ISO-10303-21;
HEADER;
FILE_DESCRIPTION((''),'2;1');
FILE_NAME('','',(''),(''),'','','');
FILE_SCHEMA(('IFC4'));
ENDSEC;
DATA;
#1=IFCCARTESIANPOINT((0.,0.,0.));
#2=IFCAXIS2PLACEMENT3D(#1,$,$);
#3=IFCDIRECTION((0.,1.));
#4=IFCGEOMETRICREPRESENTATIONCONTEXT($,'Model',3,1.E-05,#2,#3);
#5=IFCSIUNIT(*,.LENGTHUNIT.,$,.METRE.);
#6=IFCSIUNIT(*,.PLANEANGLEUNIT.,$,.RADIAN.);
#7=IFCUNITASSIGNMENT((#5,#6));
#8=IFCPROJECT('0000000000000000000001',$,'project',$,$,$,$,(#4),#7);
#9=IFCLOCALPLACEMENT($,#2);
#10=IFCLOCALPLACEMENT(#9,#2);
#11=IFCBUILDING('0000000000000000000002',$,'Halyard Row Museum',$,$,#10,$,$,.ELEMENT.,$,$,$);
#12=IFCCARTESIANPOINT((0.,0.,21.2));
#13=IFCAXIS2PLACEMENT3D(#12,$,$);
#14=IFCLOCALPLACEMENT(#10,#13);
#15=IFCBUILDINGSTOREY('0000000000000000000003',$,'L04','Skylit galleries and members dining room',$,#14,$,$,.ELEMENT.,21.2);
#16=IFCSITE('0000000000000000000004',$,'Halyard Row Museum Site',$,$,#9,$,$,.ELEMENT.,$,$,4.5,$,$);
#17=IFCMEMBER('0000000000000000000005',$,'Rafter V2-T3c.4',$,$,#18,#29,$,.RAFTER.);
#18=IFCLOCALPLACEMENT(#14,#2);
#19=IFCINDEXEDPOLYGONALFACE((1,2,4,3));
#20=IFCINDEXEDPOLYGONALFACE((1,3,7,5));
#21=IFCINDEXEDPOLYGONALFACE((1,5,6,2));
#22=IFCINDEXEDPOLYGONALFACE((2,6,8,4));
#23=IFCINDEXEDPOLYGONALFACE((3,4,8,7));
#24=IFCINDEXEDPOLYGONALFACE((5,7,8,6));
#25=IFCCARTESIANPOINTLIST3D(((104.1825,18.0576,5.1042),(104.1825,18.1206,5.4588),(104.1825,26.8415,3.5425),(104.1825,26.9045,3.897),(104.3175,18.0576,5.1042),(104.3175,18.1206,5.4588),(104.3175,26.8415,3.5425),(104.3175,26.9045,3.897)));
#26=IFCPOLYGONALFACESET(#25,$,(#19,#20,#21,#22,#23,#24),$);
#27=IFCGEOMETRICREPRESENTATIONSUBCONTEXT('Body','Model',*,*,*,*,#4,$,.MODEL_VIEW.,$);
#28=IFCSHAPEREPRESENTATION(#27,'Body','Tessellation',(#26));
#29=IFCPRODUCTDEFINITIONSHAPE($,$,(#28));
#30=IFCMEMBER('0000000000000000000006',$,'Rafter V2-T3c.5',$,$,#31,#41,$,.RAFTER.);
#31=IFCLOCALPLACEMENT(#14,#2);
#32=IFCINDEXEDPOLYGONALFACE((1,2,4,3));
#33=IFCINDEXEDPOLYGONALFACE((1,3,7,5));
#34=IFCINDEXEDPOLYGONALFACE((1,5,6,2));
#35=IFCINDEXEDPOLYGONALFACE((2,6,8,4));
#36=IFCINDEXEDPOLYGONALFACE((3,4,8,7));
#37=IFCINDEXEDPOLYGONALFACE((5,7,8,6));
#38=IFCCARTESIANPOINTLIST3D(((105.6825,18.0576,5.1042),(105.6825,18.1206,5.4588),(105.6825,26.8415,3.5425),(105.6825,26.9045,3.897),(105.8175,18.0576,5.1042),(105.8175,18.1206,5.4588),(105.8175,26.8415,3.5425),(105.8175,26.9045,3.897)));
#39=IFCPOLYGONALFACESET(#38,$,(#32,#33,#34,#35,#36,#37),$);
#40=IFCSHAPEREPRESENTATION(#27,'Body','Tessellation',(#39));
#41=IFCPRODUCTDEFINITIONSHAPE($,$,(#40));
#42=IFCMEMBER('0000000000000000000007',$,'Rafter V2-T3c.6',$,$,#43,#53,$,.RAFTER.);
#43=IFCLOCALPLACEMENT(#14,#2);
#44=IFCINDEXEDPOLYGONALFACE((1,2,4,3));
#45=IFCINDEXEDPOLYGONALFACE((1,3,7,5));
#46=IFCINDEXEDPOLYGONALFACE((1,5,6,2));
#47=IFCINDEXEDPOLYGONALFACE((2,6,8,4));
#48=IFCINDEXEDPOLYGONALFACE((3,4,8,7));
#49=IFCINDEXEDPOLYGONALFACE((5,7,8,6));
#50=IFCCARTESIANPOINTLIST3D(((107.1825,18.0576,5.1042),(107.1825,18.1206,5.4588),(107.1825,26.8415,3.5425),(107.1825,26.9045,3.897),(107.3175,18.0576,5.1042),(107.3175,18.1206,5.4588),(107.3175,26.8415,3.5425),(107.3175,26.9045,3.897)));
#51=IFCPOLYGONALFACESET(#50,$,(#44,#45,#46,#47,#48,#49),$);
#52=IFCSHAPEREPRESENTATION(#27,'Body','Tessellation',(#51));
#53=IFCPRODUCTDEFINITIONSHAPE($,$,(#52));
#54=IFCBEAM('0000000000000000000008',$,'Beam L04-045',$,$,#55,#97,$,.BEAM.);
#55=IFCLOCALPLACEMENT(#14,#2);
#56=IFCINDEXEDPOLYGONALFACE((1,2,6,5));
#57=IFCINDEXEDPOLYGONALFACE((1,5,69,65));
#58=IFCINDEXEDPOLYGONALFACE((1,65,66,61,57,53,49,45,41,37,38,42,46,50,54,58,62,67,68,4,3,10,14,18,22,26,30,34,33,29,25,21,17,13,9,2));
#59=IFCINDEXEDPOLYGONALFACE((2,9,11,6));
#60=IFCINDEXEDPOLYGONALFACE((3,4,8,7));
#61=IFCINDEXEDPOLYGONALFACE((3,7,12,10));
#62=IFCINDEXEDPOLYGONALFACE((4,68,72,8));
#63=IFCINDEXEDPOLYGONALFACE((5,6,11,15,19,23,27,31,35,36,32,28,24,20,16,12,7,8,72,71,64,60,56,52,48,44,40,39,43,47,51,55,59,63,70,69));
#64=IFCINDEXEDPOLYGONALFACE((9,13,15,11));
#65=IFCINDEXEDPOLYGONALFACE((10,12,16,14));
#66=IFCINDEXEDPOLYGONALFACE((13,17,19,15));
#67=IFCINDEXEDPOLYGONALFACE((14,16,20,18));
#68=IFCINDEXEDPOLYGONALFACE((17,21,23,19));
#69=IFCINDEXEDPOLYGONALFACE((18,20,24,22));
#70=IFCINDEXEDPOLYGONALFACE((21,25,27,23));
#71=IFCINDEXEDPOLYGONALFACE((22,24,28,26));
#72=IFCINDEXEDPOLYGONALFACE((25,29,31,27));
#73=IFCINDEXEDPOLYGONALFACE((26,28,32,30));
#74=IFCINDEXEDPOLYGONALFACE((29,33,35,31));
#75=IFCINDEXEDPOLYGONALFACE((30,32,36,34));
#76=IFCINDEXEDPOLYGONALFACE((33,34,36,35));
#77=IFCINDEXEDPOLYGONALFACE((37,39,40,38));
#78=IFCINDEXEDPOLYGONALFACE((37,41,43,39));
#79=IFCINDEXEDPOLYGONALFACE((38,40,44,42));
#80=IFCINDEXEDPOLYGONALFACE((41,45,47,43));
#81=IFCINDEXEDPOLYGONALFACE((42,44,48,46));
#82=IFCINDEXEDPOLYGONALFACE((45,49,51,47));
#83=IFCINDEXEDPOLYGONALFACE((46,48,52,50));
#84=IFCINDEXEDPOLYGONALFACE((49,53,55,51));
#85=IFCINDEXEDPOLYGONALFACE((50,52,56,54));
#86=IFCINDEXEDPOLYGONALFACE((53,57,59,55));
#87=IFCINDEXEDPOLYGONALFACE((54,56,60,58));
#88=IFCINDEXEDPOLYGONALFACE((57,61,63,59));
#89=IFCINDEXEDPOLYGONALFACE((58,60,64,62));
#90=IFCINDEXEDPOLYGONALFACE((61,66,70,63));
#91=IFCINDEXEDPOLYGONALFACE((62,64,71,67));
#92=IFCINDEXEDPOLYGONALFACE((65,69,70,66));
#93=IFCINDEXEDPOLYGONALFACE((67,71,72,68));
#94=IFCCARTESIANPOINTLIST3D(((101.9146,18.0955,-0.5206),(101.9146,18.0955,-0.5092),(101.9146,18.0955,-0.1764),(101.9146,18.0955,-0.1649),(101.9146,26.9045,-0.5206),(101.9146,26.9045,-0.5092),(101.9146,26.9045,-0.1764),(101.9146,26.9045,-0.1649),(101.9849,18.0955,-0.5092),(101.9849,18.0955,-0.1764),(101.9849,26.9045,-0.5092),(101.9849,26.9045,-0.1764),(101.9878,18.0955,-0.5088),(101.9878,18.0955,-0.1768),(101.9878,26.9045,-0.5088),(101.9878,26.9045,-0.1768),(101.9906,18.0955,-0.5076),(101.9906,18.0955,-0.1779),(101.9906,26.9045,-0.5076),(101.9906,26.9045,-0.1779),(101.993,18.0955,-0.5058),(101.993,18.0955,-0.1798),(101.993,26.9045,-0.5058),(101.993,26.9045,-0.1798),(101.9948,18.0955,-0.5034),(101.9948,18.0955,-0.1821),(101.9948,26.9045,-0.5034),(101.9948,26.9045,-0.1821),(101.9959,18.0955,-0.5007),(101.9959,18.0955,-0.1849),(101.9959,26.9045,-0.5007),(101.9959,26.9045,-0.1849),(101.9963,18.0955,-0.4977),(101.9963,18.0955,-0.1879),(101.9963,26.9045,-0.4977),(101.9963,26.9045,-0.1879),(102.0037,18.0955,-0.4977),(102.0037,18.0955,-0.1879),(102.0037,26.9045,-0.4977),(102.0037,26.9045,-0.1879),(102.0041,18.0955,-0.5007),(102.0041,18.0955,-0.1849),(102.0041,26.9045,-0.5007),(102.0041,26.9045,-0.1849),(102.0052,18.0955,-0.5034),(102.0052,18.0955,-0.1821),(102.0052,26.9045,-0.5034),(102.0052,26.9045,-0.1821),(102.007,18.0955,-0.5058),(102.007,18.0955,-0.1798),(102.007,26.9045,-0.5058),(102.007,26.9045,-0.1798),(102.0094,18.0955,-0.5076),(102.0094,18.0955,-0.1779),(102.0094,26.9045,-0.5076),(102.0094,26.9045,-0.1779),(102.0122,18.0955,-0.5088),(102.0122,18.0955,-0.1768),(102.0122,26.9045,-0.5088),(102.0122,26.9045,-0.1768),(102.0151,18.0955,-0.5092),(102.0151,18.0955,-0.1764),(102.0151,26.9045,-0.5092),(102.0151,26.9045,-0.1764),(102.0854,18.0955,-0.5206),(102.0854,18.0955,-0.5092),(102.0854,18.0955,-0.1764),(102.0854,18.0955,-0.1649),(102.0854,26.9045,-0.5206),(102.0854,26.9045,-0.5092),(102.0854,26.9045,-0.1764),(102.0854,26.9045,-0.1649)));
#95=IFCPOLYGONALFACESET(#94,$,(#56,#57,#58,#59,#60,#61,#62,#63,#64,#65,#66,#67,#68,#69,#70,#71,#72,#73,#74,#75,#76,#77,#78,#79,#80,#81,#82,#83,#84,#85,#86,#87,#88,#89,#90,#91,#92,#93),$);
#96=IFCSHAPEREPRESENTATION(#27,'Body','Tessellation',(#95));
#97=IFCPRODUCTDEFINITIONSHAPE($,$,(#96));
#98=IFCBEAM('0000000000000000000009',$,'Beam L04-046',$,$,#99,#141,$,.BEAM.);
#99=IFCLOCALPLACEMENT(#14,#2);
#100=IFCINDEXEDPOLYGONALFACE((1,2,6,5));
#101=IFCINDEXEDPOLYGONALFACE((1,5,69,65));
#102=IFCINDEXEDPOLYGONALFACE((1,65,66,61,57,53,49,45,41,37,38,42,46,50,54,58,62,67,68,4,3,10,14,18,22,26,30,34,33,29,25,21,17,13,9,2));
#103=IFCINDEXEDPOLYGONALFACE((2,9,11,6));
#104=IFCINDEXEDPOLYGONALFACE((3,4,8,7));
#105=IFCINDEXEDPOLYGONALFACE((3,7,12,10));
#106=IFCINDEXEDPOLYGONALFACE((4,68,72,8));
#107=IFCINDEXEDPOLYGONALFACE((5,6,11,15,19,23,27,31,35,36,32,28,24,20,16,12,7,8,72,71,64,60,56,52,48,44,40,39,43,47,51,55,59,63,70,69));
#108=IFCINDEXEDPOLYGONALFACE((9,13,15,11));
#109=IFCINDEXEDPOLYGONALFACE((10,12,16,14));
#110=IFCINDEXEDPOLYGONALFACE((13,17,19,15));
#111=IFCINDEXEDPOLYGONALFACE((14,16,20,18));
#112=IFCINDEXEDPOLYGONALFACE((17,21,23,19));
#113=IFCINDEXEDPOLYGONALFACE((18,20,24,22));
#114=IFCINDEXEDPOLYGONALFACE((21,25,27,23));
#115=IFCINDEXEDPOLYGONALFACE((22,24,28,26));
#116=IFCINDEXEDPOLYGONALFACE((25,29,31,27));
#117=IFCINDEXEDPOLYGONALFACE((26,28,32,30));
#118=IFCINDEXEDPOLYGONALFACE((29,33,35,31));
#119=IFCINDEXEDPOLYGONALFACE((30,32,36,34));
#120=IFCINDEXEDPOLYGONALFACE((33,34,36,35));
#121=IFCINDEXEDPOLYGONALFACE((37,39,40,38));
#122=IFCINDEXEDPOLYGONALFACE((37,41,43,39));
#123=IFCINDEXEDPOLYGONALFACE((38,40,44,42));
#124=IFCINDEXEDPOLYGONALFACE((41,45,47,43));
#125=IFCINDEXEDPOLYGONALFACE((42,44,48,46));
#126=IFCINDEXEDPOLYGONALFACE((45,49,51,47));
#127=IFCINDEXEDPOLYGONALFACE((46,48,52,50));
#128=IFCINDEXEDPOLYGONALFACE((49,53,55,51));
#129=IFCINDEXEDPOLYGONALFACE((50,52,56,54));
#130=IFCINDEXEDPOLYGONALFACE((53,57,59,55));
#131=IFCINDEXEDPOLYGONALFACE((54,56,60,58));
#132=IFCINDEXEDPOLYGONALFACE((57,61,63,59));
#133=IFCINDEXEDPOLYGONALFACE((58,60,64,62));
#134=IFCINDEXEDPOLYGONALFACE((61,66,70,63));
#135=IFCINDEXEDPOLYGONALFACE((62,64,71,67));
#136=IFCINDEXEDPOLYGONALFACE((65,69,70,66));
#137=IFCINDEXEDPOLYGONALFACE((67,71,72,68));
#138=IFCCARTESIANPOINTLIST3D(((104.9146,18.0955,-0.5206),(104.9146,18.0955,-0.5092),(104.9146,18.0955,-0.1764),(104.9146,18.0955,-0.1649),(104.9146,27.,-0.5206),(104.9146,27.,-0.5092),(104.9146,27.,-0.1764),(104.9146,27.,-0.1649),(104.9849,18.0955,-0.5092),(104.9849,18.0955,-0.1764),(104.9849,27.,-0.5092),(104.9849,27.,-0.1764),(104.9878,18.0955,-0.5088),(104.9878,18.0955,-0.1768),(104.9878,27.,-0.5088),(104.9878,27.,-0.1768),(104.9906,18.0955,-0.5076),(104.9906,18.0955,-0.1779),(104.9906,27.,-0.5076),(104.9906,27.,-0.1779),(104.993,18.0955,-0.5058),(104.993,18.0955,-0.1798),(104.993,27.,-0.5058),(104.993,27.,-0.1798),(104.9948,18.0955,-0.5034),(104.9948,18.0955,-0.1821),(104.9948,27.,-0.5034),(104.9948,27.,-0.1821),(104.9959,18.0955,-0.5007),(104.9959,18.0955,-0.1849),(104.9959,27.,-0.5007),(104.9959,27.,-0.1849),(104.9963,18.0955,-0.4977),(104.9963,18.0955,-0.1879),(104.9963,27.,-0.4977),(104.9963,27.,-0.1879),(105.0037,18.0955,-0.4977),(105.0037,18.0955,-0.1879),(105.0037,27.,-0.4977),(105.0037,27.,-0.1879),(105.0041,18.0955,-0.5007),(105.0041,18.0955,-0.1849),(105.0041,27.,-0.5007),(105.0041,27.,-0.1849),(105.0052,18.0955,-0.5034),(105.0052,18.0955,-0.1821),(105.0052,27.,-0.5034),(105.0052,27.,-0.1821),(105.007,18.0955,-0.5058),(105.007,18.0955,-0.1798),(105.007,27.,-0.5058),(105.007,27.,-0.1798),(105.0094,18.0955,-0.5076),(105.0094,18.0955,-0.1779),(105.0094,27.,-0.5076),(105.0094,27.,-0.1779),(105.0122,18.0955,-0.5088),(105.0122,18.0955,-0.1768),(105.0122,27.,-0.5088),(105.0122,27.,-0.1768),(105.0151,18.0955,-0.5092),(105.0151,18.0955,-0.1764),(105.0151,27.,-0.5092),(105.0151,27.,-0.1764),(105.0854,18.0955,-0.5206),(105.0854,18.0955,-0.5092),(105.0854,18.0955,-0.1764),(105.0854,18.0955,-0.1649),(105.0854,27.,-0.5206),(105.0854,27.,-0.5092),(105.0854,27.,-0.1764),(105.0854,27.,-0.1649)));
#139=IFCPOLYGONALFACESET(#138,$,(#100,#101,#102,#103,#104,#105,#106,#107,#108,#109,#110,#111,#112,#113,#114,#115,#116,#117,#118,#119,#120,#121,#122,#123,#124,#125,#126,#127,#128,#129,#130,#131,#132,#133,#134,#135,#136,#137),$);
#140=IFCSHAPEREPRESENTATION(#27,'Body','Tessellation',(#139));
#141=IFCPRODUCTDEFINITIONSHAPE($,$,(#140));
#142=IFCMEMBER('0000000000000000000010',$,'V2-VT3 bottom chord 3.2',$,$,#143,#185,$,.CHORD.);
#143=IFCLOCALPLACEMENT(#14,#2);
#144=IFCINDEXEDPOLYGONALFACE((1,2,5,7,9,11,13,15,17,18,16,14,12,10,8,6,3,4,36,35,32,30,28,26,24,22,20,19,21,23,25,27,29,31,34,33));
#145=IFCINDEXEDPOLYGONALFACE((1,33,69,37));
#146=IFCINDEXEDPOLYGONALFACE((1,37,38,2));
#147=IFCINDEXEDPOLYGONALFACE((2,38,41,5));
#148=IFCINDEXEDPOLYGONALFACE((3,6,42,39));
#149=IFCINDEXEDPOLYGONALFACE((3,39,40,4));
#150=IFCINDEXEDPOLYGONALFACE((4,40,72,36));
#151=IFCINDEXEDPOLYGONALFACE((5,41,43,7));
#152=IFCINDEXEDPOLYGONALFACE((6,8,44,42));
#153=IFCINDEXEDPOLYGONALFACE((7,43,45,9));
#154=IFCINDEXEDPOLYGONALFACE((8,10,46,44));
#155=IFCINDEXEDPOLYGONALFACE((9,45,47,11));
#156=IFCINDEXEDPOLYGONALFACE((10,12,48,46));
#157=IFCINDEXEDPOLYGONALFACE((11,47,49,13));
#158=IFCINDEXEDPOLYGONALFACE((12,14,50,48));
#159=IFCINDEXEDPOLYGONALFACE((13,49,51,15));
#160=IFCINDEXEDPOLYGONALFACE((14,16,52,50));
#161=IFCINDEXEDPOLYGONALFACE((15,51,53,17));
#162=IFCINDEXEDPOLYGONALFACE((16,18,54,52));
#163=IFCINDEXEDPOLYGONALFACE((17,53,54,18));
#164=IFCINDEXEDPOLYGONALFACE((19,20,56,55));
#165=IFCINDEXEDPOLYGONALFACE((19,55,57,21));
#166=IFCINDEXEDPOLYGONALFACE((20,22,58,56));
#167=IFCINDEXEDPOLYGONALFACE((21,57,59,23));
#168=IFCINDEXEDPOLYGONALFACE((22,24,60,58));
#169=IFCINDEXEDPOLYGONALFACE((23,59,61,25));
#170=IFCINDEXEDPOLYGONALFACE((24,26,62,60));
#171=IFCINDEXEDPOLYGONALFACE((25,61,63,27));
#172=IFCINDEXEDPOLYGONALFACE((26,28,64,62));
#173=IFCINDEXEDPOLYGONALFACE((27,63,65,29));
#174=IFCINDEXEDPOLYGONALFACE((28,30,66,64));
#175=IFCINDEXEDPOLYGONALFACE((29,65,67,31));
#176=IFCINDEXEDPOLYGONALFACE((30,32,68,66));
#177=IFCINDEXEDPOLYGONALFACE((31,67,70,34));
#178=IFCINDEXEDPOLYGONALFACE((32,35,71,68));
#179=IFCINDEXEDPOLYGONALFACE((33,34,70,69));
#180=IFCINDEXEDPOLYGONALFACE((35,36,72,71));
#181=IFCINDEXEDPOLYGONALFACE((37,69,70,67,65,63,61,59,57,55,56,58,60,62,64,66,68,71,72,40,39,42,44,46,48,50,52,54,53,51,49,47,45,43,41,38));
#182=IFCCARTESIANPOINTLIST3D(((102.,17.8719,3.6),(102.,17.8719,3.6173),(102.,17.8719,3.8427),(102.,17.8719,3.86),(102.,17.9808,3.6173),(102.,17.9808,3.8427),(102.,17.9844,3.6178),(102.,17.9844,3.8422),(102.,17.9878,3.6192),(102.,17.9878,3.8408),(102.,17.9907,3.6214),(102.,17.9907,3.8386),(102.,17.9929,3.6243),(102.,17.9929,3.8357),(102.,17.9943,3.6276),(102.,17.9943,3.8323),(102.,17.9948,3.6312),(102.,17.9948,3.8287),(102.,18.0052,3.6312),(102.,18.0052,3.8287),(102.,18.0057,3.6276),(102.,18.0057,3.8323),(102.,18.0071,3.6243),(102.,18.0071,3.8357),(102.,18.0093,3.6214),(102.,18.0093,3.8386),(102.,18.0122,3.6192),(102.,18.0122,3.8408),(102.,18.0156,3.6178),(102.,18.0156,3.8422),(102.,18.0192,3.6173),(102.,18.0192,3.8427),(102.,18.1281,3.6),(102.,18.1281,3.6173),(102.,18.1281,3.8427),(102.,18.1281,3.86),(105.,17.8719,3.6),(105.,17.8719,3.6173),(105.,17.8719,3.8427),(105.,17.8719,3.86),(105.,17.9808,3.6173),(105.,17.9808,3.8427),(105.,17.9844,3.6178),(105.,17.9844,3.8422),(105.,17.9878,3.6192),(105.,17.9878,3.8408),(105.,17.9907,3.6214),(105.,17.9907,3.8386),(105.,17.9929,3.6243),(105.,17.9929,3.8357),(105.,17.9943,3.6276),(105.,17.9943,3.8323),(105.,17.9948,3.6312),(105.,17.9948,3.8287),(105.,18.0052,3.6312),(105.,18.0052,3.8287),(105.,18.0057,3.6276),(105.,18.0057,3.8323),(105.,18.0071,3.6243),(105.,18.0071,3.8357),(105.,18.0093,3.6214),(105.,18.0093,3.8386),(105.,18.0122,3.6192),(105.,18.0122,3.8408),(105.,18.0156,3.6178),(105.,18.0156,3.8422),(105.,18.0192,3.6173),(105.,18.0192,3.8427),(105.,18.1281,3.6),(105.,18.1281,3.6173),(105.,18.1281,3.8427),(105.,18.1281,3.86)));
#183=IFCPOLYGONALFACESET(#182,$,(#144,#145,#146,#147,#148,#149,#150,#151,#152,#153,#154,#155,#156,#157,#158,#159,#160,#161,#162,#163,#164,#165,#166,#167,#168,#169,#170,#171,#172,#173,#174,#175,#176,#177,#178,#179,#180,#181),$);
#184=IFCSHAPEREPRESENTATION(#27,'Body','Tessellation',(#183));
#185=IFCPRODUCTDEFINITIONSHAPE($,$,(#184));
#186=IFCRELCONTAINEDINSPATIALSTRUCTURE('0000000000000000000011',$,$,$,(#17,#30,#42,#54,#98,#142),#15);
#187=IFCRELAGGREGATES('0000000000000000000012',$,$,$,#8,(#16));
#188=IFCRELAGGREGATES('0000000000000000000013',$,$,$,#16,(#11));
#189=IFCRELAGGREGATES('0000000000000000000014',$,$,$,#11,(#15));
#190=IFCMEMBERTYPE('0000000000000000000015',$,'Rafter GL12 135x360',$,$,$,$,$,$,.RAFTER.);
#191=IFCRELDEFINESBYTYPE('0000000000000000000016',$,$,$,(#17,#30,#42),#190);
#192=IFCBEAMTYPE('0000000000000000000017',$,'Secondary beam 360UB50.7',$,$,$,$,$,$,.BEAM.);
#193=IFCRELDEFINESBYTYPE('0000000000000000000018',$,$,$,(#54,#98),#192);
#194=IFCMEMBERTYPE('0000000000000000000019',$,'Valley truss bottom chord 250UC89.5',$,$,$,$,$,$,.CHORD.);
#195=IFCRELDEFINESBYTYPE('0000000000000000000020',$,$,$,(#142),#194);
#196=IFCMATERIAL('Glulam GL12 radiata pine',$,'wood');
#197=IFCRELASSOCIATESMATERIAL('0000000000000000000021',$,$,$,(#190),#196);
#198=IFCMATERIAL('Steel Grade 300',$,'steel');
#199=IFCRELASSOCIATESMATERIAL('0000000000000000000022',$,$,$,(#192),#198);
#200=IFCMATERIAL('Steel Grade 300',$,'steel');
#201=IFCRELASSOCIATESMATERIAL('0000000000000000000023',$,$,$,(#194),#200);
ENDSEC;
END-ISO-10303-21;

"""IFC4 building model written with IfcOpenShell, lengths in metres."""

from ifc_helpers import new_model, si_unit, direction, frame, origin, origin_2d, place, context, subcontext, project, spatial, rectangle, i_section, extrude, material, material_profile, profile_set, type_object, element, save


model = new_model("IFC4")

# Units and contexts
model_context = context("Model", 3, precision=1e-05, world=origin(), true_north=direction((0.0, 1.0)))
body_context = subcontext(model_context, "Body", "Model", "MODEL_VIEW")
ifc_project = project(units=[si_unit("LENGTHUNIT", "METRE"), si_unit("PLANEANGLEUNIT", "RADIAN")], contexts=[model_context])

# Site, building, storey
site_placement = place(None, origin())
site = spatial("IfcSite", under=ifc_project, at=site_placement, Name="Halyard Row Museum Site", CompositionType="ELEMENT", RefElevation=4.5)
building_placement = place(site_placement, origin())
building = spatial("IfcBuilding", under=site, at=building_placement, Name="Halyard Row Museum", CompositionType="ELEMENT")
storey_placement = place(building_placement, frame((0.0, 0.0, 21.2)))
storey = spatial("IfcBuildingStorey", under=building, at=storey_placement, Name="L04", Description="Skylit galleries and members dining room", CompositionType="ELEMENT", Elevation=21.2)

# Members
ifc_material_1 = material(Name="Glulam GL12 radiata pine", Category="wood")
ifc_material_profile_1 = material_profile(ifc_material_1, rectangle(XDim=0.135, YDim=0.3601, at=origin_2d()), Name="GL12 135x360")
ifc_profile_set_1 = profile_set([ifc_material_profile_1], Name="Glulam GL12 radiata pine")
member_type_1 = type_object("IfcMemberType", Name="Rafter GL12 135x360", PredefinedType="RAFTER", material=ifc_profile_set_1)
for number, where, z_axis, x_axis, name in (
    (1, (104.25, 18.0891, 5.2815), (0.0, 0.984559, -0.175053), (-1.0, 0.0, 0.0), "Rafter V2-T3c.4"),
    (2, (105.75, 18.0891, 5.2815), (0.0, 0.984559, -0.175053), (-1.0, 0.0, 0.0), "Rafter V2-T3c.5"),
    (3, (107.25, 18.0891, 5.2815), (0.0, 0.984559, -0.175053), (-1.0, 0.0, 0.0), "Rafter V2-T3c.6"),
):
    element("IfcMember", number, at=place(storey_placement, frame(where, z_axis=z_axis, x_axis=x_axis)), inside=storey, type_object=member_type_1, Name=name, PredefinedType="RAFTER", context=body_context, shape_type="SweptSolid", body=[
        extrude(rectangle(XDim=0.135, YDim=0.3601, at=origin_2d()), origin(), (0.0, 0.0, 1.0), 8.9216),
    ])

# Beams
ifc_material_2 = material(Name="Steel Grade 300", Category="steel")
ifc_material_profile_2 = material_profile(ifc_material_2, i_section(OverallWidth=0.1709, OverallDepth=0.3557, WebThickness=0.0073, FlangeThickness=0.0115, FilletRadius=0.0115, at=origin_2d()), Name="360UB50.7")
ifc_profile_set_2 = profile_set([ifc_material_profile_2], Name="Steel Grade 300")
beam_type = type_object("IfcBeamType", Name="Secondary beam 360UB50.7", PredefinedType="BEAM", material=ifc_profile_set_2)
beam_1_placement = place(storey_placement, frame((102.0, 18.0955, -0.3428), z_axis=(0.0, 1.0, 0.0), x_axis=(-1.0, 0.0, 0.0)))
element("IfcBeam", 4, at=beam_1_placement, inside=storey, type_object=beam_type, Name="Beam L04-045", PredefinedType="BEAM", context=body_context, shape_type="SweptSolid", body=[
    extrude(i_section(OverallWidth=0.1709, OverallDepth=0.3557, WebThickness=0.0073, FlangeThickness=0.0115, FilletRadius=0.0115, at=origin_2d()), origin(), (0.0, 0.0, 1.0), 8.8091),
])
beam_2_placement = place(storey_placement, frame((105.0, 18.0955, -0.3428), z_axis=(0.0, 1.0, 0.0), x_axis=(-1.0, 0.0, 0.0)))
element("IfcBeam", 5, at=beam_2_placement, inside=storey, type_object=beam_type, Name="Beam L04-046", PredefinedType="BEAM", context=body_context, shape_type="SweptSolid", body=[
    extrude(i_section(OverallWidth=0.1709, OverallDepth=0.3557, WebThickness=0.0073, FlangeThickness=0.0115, FilletRadius=0.0115, at=origin_2d()), origin(), (0.0, 0.0, 1.0), 8.9045),
])

# Member
ifc_material_3 = material(Name="Steel Grade 300", Category="steel")
ifc_material_profile_3 = material_profile(ifc_material_3, i_section(OverallWidth=0.2561, OverallDepth=0.26, WebThickness=0.0105, FlangeThickness=0.0173, FilletRadius=0.0139, at=origin_2d()), Name="250UC89.5")
ifc_profile_set_3 = profile_set([ifc_material_profile_3], Name="Steel Grade 300")
member_type_2 = type_object("IfcMemberType", Name="Valley truss bottom chord 250UC89.5", PredefinedType="CHORD", material=ifc_profile_set_3)
for number, where, z_axis, x_axis, name in (
    (6, (102.0, 18.0, 3.73), (1.0, 0.0, 0.0), (0.0, 1.0, 0.0), "V2-VT3 bottom chord 3.2"),
):
    element("IfcMember", number, at=place(storey_placement, frame(where, z_axis=z_axis, x_axis=x_axis)), inside=storey, type_object=member_type_2, Name=name, PredefinedType="CHORD", context=body_context, shape_type="SweptSolid", body=[
        extrude(i_section(OverallWidth=0.2561, OverallDepth=0.26, WebThickness=0.0105, FlangeThickness=0.0173, FilletRadius=0.0139, at=origin_2d()), origin(), (0.0, 0.0, 1.0), 3.0),
    ])

save(model, "model.ifc")
